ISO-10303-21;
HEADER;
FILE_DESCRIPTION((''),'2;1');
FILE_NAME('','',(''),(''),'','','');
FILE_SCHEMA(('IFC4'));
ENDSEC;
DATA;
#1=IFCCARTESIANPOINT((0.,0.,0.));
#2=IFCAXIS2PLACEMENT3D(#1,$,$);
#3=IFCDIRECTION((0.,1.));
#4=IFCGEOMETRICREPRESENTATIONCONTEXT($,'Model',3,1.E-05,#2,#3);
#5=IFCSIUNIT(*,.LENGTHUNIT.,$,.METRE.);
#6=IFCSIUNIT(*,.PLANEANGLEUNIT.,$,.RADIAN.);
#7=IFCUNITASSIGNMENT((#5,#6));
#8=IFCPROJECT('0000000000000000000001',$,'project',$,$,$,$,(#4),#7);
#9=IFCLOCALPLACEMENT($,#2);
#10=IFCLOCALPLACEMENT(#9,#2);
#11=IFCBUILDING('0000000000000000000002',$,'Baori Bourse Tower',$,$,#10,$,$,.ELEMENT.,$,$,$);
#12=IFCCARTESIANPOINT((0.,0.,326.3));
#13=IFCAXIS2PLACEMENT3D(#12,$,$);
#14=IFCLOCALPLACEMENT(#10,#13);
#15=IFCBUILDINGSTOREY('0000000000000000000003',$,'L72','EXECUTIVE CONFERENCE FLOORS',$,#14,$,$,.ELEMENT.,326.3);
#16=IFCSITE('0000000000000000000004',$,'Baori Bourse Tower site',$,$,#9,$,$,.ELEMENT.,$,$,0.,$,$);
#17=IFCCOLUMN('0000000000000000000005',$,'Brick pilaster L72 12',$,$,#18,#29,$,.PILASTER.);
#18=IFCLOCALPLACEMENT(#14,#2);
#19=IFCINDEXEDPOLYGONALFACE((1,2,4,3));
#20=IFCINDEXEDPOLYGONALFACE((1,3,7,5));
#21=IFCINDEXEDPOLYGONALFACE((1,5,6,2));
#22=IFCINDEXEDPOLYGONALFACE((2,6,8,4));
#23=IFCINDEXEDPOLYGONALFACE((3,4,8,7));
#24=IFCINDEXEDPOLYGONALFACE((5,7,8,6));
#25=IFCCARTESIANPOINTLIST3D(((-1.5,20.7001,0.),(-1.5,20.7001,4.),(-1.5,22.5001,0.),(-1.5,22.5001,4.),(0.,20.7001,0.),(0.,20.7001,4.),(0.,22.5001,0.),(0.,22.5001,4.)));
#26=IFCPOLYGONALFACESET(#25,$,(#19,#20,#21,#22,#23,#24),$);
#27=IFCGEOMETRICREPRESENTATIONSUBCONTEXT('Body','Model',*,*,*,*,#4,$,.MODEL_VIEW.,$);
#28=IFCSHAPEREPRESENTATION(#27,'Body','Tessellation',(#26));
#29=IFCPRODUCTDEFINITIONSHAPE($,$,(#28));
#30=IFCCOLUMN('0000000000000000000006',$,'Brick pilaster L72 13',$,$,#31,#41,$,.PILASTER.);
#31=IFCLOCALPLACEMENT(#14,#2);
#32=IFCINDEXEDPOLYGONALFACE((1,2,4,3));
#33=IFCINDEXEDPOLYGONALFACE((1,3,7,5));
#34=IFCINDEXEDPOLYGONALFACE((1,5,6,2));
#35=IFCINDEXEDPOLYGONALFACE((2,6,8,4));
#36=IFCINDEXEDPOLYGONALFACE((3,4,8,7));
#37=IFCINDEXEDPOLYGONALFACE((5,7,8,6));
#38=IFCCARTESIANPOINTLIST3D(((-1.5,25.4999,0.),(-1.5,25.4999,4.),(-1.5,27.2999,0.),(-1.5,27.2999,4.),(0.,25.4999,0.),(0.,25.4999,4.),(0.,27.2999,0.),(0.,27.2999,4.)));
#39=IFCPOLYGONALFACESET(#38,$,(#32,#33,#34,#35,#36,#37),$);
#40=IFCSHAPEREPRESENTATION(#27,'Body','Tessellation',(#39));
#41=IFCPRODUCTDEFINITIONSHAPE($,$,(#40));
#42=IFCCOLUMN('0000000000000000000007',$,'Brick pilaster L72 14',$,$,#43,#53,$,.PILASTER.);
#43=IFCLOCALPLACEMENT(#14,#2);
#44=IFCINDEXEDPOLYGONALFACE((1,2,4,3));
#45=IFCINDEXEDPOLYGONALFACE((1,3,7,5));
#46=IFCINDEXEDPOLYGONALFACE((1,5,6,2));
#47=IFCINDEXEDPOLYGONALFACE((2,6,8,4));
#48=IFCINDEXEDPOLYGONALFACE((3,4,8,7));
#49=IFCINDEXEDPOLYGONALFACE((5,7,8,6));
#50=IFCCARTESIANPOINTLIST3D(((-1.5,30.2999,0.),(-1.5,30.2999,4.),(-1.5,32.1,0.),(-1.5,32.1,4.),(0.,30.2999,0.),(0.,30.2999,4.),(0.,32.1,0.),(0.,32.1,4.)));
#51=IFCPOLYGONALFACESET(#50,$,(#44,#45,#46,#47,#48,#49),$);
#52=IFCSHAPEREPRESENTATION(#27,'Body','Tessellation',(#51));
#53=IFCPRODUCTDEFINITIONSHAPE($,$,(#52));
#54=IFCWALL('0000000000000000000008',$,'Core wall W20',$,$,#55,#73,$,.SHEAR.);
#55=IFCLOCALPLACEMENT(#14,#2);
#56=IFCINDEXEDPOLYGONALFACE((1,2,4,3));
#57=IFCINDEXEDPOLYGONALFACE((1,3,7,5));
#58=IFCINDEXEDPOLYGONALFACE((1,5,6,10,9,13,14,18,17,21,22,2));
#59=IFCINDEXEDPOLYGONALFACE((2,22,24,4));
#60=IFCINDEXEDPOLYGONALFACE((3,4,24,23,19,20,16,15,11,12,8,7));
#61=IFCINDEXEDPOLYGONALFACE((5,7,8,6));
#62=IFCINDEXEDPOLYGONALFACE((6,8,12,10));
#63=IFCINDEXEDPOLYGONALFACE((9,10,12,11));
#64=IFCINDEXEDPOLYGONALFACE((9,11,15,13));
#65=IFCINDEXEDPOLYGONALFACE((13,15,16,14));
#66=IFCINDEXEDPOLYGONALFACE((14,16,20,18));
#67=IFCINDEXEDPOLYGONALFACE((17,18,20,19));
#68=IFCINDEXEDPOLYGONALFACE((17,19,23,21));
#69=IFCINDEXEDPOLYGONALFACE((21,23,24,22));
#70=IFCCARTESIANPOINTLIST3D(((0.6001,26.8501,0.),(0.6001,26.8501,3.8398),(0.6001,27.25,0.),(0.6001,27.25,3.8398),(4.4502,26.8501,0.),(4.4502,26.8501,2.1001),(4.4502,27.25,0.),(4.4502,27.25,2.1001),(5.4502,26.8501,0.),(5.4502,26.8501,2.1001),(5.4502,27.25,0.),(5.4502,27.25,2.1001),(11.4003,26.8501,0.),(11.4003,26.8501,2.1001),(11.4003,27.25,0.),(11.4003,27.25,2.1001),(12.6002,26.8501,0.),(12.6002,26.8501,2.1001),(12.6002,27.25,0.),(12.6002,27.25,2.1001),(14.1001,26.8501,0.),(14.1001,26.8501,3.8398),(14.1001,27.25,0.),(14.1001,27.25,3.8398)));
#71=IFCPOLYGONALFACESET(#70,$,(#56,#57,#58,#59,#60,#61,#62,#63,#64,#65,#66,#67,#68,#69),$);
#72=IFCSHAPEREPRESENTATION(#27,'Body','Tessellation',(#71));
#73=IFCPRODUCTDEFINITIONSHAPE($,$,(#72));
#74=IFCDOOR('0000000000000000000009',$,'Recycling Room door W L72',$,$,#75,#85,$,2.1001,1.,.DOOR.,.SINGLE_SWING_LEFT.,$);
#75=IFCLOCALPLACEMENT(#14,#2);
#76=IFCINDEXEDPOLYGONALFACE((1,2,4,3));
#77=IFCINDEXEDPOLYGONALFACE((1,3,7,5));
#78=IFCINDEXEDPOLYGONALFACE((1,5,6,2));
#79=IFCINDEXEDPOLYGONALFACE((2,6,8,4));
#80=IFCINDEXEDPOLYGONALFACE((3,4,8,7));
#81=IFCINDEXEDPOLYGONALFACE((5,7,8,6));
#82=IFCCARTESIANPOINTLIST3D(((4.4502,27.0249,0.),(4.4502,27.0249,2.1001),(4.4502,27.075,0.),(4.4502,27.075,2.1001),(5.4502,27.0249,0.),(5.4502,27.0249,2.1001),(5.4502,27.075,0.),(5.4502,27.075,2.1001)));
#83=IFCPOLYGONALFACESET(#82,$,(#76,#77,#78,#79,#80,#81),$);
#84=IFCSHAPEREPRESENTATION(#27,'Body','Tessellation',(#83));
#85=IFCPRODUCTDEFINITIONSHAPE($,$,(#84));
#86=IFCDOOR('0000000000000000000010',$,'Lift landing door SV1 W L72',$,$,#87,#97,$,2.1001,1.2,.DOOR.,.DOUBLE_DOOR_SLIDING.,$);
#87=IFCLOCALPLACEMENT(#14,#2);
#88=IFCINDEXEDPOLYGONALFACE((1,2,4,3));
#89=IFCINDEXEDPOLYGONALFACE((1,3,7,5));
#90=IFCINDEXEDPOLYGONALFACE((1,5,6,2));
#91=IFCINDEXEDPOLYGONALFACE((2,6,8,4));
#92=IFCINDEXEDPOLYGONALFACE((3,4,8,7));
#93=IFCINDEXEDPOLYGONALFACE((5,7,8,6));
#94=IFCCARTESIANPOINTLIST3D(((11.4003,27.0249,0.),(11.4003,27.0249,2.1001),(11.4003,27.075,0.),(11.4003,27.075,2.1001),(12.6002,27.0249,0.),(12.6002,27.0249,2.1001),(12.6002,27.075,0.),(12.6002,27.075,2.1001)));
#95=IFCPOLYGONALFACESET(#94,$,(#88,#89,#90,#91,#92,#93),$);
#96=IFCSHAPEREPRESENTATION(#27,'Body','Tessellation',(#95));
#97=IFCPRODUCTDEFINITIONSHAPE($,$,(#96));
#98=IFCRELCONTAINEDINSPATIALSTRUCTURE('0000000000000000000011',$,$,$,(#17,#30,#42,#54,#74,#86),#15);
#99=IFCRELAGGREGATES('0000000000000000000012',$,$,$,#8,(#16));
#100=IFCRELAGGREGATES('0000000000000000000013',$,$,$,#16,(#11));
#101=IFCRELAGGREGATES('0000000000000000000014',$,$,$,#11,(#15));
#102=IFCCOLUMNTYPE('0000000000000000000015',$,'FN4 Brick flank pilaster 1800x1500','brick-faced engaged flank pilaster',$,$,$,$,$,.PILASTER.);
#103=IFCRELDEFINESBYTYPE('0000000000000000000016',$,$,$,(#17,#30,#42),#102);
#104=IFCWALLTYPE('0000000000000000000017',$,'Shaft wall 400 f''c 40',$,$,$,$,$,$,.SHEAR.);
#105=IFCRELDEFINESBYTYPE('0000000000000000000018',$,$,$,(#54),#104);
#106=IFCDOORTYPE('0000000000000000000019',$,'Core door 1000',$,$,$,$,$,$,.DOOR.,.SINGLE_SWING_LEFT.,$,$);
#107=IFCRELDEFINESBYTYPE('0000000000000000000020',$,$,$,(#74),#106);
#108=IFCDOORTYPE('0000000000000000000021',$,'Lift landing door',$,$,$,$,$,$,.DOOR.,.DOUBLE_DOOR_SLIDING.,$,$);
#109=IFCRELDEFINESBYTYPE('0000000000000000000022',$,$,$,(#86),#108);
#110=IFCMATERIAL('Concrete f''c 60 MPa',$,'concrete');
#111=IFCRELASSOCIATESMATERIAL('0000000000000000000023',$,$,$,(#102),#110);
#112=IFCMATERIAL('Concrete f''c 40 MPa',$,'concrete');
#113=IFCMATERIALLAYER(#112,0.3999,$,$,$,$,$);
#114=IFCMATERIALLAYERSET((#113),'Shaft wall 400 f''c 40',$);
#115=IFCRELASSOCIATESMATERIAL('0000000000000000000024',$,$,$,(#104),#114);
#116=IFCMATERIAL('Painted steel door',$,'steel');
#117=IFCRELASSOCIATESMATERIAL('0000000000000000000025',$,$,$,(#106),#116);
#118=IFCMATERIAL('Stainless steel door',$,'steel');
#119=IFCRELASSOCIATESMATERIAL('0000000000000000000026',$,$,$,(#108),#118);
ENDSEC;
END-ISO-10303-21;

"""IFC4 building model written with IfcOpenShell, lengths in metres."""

from ifc_helpers import new_model, si_unit, direction, frame, frame_2d, origin, origin_2d, place, context, subcontext, project, spatial, rectangle, extrude, material, layer, layer_set, material_profile, profile_set, type_object, element, fill, save


model = new_model("IFC4")

# Units and contexts
model_context = context("Model", 3, precision=1e-05, world=origin(), true_north=direction((0.0, 1.0)))
body_context = subcontext(model_context, "Body", "Model", "MODEL_VIEW")
ifc_project = project(units=[si_unit("LENGTHUNIT", "METRE"), si_unit("PLANEANGLEUNIT", "RADIAN")], contexts=[model_context])

# Site, building, storey
site_placement = place(None, origin())
site = spatial("IfcSite", under=ifc_project, at=site_placement, Name="Baori Bourse Tower site", CompositionType="ELEMENT", RefElevation=0.0)
building_placement = place(site_placement, origin())
building = spatial("IfcBuilding", under=site, at=building_placement, Name="Baori Bourse Tower", CompositionType="ELEMENT")
storey_placement = place(building_placement, frame((0.0, 0.0, 326.3)))
storey = spatial("IfcBuildingStorey", under=building, at=storey_placement, Name="L72", Description="EXECUTIVE CONFERENCE FLOORS", CompositionType="ELEMENT", Elevation=326.3)

# Columns
ifc_material_1 = material(Name="Concrete f'c 60 MPa", Category="concrete")
ifc_material_profile = material_profile(ifc_material_1, rectangle(XDim=1.8, YDim=1.5, at=origin_2d()), Name="RC 1800x1500")
ifc_profile_set = profile_set([ifc_material_profile], Name="Concrete f'c 60 MPa")
column_type = type_object("IfcColumnType", Name="FN4 Brick flank pilaster 1800x1500", Description="brick-faced engaged flank pilaster", PredefinedType="PILASTER", material=ifc_profile_set)
for number, where, z_axis, x_axis, name in (
    (1, (-0.75, 21.6001, 0.0), (0.0, 0.0, 1.0), (0.0, 1.0, 0.0), "Brick pilaster L72 12"),
    (2, (-0.75, 26.3999, 0.0), (0.0, 0.0, 1.0), (0.0, 1.0, 0.0), "Brick pilaster L72 13"),
    (3, (-0.75, 31.2, 0.0), (0.0, 0.0, 1.0), (0.0, 1.0, 0.0), "Brick pilaster L72 14"),
):
    element("IfcColumn", number, at=place(storey_placement, frame(where, z_axis=z_axis, x_axis=x_axis)), inside=storey, type_object=column_type, Name=name, PredefinedType="PILASTER", context=body_context, shape_type="SweptSolid", body=[
        extrude(rectangle(XDim=1.8, YDim=1.5, at=origin_2d()), origin(), (0.0, 0.0, 1.0), 4.0),
    ])

# Wall, openings, doors
ifc_material_2 = material(Name="Concrete f'c 40 MPa", Category="concrete")
ifc_layer_1 = layer(ifc_material_2, 0.3999)
ifc_layer_set_1 = layer_set([ifc_layer_1], Name="Shaft wall 400 f'c 40")
wall_type_1 = type_object("IfcWallType", Name="Shaft wall 400 f'c 40", PredefinedType="SHEAR", material=ifc_layer_set_1)
wall_1_placement = place(storey_placement, frame((0.6001, 27.05, 0.0), z_axis=(0.0, 0.0, 1.0), x_axis=(1.0, 0.0, 0.0)))
wall_1 = element("IfcWall", 4, at=wall_1_placement, inside=storey, type_object=wall_type_1, Name="Core wall W20", PredefinedType="SHEAR", context=body_context, shape_type="SweptSolid", body=[
    extrude(rectangle(XDim=13.5, YDim=0.3999, at=frame_2d((6.75, 0.0))), origin(), (0.0, 0.0, 1.0), 3.8398),
])
opening_1_placement = place(wall_1_placement, frame((3.8501, 0.0, 0.0)))
opening_1 = element("IfcOpeningElement", 5, at=opening_1_placement, cuts=wall_1, PredefinedType="OPENING", context=body_context, shape_type="SweptSolid", body=[
    extrude(rectangle(XDim=1.0, YDim=2.1001, at=frame_2d((0.5, 1.05))), frame((0.0, 0.21, 0.0), z_axis=(0.0, -1.0, 0.0), x_axis=(1.0, 0.0, 0.0)), (0.0, 0.0, 1.0), 0.4199),
])
opening_2_placement = place(wall_1_placement, frame((10.8, 0.0, 0.0)))
opening_2 = element("IfcOpeningElement", 6, at=opening_2_placement, cuts=wall_1, PredefinedType="OPENING", context=body_context, shape_type="SweptSolid", body=[
    extrude(rectangle(XDim=1.2, YDim=2.1001, at=frame_2d((0.6001, 1.05))), frame((0.0, 0.21, 0.0), z_axis=(0.0, -1.0, 0.0), x_axis=(1.0, 0.0, 0.0)), (0.0, 0.0, 1.0), 0.4199),
])
ifc_material_3 = material(Name="Painted steel door", Category="steel")
door_type_1 = type_object("IfcDoorType", Name="Core door 1000", OperationType="SINGLE_SWING_LEFT", PredefinedType="DOOR", material=ifc_material_3)
door_1_placement = place(opening_1_placement, origin())
door_1 = element("IfcDoor", 7, at=door_1_placement, inside=storey, type_object=door_type_1, Name="Recycling Room door W L72", OperationType="SINGLE_SWING_LEFT", OverallHeight=2.1001, OverallWidth=1.0, PredefinedType="DOOR", context=body_context, shape_type="SweptSolid", body=[
    extrude(rectangle(XDim=1.0, YDim=2.1001, at=frame_2d((0.5, 1.05))), frame((0.0, 0.0249, 0.0), z_axis=(0.0, -1.0, 0.0), x_axis=(1.0, 0.0, 0.0)), (0.0, 0.0, 1.0), 0.05),
])
fill(opening_1, door_1)
ifc_material_4 = material(Name="Stainless steel door", Category="steel")
door_type_2 = type_object("IfcDoorType", Name="Lift landing door", OperationType="DOUBLE_DOOR_SLIDING", PredefinedType="DOOR", material=ifc_material_4)
door_2_placement = place(opening_2_placement, origin())
door_2 = element("IfcDoor", 8, at=door_2_placement, inside=storey, type_object=door_type_2, Name="Lift landing door SV1 W L72", OperationType="DOUBLE_DOOR_SLIDING", OverallHeight=2.1001, OverallWidth=1.2, PredefinedType="DOOR", context=body_context, shape_type="SweptSolid", body=[
    extrude(rectangle(XDim=1.2, YDim=2.1001, at=frame_2d((0.6001, 1.05))), frame((0.0, 0.0249, 0.0), z_axis=(0.0, -1.0, 0.0), x_axis=(1.0, 0.0, 0.0)), (0.0, 0.0, 1.0), 0.05),
])
fill(opening_2, door_2)

save(model, "model.ifc")
